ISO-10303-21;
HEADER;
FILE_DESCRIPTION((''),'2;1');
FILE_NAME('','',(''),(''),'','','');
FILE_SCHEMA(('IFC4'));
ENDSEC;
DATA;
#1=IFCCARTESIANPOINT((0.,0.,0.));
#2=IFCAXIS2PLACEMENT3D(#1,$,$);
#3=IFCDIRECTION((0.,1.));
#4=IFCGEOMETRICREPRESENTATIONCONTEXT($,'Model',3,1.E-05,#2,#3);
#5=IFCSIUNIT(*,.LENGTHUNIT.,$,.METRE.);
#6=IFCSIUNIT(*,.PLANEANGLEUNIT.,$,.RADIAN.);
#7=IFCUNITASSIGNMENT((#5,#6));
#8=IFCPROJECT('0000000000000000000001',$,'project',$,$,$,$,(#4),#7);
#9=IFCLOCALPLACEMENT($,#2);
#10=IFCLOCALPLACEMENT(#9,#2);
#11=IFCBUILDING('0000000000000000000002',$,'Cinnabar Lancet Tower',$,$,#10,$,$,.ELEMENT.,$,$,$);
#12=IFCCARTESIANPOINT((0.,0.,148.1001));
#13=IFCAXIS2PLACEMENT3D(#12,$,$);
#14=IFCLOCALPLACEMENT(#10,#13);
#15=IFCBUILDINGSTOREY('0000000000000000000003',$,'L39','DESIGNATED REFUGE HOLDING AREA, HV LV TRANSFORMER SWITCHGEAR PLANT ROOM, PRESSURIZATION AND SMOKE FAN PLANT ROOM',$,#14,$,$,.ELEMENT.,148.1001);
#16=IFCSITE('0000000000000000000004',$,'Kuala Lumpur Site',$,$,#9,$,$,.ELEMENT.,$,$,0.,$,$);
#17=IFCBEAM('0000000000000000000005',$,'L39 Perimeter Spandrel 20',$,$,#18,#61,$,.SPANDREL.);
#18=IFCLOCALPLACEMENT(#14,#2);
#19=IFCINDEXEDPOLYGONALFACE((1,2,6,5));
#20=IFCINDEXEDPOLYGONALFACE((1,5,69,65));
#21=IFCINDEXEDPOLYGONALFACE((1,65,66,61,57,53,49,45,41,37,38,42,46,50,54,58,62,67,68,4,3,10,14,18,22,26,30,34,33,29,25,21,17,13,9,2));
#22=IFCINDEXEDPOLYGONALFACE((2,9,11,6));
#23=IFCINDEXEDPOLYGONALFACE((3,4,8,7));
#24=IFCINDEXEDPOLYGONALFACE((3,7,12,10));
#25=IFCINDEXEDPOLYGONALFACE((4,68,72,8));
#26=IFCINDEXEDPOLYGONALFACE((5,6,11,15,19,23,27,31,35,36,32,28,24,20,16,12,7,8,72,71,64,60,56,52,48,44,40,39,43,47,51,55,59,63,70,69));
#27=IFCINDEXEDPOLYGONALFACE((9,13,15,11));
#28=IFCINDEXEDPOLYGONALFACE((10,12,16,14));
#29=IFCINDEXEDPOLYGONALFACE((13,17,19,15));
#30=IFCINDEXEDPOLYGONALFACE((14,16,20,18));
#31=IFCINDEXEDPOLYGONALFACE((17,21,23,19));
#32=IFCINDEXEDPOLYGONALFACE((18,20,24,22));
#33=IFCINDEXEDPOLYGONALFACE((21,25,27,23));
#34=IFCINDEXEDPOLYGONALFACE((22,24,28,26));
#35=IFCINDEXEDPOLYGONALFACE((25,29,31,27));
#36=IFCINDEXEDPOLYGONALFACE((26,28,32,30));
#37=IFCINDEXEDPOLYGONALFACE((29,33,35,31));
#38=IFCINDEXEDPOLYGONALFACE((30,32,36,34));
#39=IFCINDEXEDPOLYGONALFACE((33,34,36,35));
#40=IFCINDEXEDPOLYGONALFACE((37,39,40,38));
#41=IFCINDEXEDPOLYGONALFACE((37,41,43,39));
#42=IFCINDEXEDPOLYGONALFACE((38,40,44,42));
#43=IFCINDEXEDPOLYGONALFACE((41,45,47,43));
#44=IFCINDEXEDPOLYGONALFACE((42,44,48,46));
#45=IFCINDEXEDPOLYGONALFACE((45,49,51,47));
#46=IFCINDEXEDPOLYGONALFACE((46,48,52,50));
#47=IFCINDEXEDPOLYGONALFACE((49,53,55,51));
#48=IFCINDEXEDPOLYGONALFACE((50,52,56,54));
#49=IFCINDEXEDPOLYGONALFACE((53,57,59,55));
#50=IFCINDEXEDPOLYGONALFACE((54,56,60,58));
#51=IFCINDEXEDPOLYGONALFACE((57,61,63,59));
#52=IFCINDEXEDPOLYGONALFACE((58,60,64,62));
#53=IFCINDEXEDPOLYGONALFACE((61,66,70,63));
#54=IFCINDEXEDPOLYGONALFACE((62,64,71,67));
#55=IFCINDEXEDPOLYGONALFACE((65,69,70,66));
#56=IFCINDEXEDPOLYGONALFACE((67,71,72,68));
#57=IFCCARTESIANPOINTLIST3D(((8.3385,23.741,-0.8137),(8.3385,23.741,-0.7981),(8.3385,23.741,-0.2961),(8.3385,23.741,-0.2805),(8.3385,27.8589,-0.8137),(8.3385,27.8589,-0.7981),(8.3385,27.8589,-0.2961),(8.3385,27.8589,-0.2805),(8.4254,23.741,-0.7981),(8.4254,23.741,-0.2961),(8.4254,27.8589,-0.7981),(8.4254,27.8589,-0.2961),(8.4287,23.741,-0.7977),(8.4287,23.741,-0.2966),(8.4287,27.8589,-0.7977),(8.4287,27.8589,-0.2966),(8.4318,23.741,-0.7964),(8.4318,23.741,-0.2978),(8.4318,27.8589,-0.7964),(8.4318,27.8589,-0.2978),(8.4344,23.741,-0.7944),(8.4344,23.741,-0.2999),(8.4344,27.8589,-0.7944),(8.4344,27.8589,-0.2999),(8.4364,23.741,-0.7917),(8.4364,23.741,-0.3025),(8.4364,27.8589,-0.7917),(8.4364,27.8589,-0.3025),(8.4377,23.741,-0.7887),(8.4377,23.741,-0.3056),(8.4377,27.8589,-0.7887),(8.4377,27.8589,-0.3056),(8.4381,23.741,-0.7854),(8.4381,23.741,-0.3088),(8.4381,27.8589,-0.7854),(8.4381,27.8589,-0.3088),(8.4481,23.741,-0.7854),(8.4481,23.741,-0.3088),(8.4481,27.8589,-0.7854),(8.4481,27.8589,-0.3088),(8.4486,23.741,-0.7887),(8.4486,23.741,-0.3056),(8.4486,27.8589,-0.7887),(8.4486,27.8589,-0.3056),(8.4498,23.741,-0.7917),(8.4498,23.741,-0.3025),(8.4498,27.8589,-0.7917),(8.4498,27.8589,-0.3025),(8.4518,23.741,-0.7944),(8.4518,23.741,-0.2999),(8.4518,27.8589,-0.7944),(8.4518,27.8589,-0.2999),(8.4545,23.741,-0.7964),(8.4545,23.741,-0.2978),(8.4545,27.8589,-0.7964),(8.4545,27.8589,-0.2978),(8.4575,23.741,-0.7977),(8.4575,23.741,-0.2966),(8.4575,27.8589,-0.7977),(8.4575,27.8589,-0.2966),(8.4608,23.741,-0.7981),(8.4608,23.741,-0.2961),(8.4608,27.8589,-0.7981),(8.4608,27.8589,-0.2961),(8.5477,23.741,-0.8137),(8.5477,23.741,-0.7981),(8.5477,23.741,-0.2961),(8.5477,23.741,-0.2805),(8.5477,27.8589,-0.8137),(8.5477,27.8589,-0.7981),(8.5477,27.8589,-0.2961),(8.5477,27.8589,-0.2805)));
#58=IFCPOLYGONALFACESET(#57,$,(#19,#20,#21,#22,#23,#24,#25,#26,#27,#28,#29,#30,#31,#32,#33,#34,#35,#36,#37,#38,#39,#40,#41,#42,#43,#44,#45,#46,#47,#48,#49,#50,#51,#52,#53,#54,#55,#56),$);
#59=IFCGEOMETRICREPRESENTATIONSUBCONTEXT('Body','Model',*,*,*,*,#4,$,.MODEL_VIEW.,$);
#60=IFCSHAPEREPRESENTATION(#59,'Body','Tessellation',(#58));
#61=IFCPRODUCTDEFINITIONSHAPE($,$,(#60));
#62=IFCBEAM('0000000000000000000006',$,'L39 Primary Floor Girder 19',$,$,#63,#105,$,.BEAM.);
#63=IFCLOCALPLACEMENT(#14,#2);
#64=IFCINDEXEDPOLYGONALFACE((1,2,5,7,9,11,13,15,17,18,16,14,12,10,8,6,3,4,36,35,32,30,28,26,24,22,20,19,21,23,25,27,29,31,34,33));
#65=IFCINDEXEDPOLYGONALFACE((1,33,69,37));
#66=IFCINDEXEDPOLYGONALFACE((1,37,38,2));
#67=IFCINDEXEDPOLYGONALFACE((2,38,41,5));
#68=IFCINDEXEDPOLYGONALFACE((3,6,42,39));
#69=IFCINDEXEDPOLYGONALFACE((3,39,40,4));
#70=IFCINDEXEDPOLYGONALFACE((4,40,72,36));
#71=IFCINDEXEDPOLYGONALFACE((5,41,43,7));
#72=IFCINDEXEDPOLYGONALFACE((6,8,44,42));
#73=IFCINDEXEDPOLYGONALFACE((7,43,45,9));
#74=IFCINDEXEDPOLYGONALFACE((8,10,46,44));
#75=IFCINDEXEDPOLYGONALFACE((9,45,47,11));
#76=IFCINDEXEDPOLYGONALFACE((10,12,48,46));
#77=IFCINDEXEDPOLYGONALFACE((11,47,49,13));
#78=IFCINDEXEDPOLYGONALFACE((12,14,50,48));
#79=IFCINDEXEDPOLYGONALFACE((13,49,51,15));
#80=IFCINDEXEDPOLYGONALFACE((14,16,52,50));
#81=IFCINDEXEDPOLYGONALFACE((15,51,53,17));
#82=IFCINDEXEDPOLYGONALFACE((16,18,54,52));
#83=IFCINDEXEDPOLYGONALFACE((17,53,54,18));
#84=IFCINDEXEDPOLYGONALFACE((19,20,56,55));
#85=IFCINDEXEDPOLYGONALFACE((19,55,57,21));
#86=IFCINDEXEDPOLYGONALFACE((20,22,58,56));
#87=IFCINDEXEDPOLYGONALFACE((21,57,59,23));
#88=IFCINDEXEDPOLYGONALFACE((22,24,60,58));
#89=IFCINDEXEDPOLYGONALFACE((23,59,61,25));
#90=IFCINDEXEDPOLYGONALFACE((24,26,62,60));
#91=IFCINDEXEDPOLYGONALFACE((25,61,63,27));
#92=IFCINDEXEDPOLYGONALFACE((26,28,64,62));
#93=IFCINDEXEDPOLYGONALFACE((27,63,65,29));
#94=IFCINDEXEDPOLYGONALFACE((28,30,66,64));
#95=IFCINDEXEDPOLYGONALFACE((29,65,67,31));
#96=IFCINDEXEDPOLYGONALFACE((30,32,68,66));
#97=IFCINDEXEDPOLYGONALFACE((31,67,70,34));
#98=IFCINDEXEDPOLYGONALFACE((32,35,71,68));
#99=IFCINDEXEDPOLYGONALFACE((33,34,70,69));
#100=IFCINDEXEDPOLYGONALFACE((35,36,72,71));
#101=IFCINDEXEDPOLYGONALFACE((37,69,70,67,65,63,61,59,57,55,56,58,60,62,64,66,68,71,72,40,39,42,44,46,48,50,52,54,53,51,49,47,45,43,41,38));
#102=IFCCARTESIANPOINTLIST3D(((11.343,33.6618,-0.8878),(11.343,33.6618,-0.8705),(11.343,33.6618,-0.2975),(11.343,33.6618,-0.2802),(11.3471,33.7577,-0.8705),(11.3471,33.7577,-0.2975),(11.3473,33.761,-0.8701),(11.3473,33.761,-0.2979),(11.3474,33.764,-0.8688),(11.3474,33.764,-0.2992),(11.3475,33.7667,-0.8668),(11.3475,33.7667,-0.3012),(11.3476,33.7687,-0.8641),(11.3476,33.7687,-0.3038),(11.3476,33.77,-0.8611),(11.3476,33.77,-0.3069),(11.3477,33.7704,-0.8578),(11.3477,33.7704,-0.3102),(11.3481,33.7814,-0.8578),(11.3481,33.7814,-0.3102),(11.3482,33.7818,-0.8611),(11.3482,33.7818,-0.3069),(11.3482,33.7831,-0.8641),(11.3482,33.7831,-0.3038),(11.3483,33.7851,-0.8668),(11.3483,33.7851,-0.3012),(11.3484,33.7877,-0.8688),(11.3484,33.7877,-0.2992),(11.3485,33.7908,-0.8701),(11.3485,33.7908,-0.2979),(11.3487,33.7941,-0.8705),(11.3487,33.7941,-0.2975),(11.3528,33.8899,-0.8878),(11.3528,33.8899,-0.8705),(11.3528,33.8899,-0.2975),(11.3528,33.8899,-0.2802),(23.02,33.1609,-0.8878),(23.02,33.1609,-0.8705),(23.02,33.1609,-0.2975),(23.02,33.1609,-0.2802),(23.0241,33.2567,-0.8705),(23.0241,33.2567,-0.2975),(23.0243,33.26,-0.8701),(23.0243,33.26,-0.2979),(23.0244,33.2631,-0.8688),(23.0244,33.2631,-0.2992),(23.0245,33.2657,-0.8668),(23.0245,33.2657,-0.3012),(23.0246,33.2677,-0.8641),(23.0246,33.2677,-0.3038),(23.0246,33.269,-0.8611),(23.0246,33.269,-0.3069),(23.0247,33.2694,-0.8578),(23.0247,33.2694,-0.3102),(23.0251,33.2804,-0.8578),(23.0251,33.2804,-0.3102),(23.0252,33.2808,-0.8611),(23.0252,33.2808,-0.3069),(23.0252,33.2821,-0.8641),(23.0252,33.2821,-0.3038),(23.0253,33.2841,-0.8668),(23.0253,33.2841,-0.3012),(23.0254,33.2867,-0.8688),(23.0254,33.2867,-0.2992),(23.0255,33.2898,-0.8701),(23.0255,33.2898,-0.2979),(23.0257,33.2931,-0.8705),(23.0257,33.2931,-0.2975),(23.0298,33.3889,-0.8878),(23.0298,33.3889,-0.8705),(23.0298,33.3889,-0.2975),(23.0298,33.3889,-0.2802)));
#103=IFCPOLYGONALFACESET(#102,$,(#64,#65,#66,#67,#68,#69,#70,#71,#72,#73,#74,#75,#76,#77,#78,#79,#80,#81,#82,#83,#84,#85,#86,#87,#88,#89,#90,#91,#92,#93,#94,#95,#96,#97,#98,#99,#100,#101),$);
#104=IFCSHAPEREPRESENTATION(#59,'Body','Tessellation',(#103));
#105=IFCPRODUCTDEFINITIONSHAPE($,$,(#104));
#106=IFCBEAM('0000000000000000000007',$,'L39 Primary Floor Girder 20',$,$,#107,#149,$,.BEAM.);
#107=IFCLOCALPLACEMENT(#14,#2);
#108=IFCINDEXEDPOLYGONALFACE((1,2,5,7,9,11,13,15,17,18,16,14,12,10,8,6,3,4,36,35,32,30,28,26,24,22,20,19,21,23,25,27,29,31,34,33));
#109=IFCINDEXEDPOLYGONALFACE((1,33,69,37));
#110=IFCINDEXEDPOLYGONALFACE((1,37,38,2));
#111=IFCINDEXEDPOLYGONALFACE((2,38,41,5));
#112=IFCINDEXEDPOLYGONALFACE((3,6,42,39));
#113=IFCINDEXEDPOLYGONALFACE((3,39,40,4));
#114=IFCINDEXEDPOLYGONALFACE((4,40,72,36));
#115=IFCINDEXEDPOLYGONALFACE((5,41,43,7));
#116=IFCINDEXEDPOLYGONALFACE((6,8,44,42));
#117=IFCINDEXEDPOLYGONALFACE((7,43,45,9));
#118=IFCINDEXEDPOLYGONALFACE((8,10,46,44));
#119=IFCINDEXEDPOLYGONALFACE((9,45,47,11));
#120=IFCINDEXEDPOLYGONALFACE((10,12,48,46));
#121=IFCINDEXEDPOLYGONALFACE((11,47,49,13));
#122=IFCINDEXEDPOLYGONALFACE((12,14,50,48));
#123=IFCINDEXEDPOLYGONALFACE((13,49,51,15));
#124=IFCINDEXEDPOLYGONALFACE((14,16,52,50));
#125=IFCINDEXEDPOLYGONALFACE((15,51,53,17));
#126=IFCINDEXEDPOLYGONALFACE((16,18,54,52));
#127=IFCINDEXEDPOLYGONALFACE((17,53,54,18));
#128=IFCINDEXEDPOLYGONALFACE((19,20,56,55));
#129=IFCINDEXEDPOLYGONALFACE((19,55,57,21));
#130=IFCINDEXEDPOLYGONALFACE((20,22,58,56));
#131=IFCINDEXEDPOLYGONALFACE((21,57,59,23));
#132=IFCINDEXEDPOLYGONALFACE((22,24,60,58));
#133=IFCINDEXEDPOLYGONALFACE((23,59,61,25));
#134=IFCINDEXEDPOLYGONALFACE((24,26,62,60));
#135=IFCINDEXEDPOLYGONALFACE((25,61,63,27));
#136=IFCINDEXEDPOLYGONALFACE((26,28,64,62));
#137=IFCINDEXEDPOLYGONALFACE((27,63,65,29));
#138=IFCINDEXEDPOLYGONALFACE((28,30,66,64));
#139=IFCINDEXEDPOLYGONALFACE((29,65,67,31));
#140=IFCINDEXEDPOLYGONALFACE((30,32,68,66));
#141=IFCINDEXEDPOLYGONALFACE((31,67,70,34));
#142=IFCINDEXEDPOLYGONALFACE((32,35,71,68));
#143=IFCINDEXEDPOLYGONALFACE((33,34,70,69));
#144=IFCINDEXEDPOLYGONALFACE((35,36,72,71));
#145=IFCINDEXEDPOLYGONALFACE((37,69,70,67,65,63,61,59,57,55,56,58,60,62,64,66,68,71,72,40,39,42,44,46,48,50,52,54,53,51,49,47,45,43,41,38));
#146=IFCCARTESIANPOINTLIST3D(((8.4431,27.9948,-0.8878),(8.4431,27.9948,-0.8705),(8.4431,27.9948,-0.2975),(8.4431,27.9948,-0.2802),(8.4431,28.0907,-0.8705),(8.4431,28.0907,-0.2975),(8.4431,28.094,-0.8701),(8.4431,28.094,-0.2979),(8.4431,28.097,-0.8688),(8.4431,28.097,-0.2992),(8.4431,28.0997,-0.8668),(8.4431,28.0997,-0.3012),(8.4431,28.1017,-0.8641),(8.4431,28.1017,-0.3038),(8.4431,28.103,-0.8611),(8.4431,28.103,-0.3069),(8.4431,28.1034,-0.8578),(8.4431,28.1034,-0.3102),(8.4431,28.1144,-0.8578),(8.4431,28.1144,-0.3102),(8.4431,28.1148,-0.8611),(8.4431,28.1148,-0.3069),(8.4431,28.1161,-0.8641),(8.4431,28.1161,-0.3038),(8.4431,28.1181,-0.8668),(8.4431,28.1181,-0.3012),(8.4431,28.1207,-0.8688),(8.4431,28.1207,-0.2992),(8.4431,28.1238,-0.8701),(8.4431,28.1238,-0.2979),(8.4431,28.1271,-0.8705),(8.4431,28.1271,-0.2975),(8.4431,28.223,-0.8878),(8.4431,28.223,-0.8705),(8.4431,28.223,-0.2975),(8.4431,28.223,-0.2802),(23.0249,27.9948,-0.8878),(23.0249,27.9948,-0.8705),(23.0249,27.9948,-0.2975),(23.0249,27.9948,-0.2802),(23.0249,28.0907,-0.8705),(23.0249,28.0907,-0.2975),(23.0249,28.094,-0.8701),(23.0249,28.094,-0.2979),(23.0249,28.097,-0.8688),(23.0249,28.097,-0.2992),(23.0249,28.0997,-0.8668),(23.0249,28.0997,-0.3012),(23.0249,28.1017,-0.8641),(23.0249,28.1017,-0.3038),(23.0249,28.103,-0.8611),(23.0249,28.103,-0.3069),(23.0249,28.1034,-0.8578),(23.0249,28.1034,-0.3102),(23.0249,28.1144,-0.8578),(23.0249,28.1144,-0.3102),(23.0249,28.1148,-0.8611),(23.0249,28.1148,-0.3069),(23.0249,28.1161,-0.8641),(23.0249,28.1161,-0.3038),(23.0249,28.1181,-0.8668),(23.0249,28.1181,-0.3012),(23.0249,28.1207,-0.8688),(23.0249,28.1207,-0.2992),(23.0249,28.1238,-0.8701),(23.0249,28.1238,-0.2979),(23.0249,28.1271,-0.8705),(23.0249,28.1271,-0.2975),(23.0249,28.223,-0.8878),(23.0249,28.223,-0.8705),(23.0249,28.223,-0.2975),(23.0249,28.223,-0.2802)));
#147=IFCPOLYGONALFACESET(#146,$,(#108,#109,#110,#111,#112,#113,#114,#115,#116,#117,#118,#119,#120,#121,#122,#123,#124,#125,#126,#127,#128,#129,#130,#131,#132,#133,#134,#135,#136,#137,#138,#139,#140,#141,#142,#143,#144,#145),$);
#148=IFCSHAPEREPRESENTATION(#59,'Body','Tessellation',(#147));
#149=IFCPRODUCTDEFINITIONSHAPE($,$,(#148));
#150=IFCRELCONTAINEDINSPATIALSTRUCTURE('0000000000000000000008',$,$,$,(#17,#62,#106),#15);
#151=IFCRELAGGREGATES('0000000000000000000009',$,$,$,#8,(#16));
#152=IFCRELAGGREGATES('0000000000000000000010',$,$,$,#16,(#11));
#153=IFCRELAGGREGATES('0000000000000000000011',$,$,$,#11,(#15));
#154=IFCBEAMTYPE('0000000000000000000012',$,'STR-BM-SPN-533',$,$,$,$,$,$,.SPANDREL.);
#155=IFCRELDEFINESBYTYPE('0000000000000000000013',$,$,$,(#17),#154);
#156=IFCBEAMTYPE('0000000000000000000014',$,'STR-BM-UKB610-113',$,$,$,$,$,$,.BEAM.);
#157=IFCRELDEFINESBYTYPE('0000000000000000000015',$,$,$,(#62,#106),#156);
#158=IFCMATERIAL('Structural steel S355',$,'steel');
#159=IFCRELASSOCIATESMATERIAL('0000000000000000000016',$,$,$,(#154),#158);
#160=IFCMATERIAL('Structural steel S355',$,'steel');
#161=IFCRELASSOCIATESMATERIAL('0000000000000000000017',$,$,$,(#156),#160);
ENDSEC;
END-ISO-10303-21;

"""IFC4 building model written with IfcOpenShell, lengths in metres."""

from ifc_helpers import new_model, si_unit, direction, frame, origin, origin_2d, place, context, subcontext, project, spatial, i_section, extrude, material, material_profile, profile_set, type_object, element, save


model = new_model("IFC4")

# Units and contexts
model_context = context("Model", 3, precision=1e-05, world=origin(), true_north=direction((0.0, 1.0)))
body_context = subcontext(model_context, "Body", "Model", "MODEL_VIEW")
ifc_project = project(units=[si_unit("LENGTHUNIT", "METRE"), si_unit("PLANEANGLEUNIT", "RADIAN")], contexts=[model_context])

# Site, building, storey
site_placement = place(None, origin())
site = spatial("IfcSite", under=ifc_project, at=site_placement, Name="Kuala Lumpur Site", CompositionType="ELEMENT", RefElevation=0.0)
building_placement = place(site_placement, origin())
building = spatial("IfcBuilding", under=site, at=building_placement, Name="Cinnabar Lancet Tower", CompositionType="ELEMENT")
storey_placement = place(building_placement, frame((0.0, 0.0, 148.1001)))
storey = spatial("IfcBuildingStorey", under=building, at=storey_placement, Name="L39", Description="DESIGNATED REFUGE HOLDING AREA, HV LV TRANSFORMER SWITCHGEAR PLANT ROOM, PRESSURIZATION AND SMOKE FAN PLANT ROOM", CompositionType="ELEMENT", Elevation=148.1001)

# Beams
ifc_material_1 = material(Name="Structural steel S355", Category="steel")
ifc_material_profile_1 = material_profile(ifc_material_1, i_section(OverallWidth=0.2092, OverallDepth=0.5332, WebThickness=0.01, FlangeThickness=0.0156, FilletRadius=0.0127, at=origin_2d()), Name="UKB 533x210x92")
ifc_profile_set_1 = profile_set([ifc_material_profile_1], Name="Structural steel S355")
beam_type_1 = type_object("IfcBeamType", Name="STR-BM-SPN-533", PredefinedType="SPANDREL", material=ifc_profile_set_1)
beam_1_placement = place(storey_placement, frame((8.4431, 27.8589, -0.5471), z_axis=(0.0, -1.0, 0.0), x_axis=(1.0, 0.0, 0.0)))
element("IfcBeam", 1, at=beam_1_placement, inside=storey, type_object=beam_type_1, Name="L39 Perimeter Spandrel 20", PredefinedType="SPANDREL", context=body_context, shape_type="SweptSolid", body=[
    extrude(i_section(OverallWidth=0.2092, OverallDepth=0.5332, WebThickness=0.01, FlangeThickness=0.0156, FilletRadius=0.0127, at=origin_2d()), origin(), (0.0, 0.0, 1.0), 4.1179),
])
ifc_material_2 = material(Name="Structural steel S355", Category="steel")
ifc_material_profile_2 = material_profile(ifc_material_2, i_section(OverallWidth=0.2283, OverallDepth=0.6077, WebThickness=0.011, FlangeThickness=0.0173, FilletRadius=0.0127, at=origin_2d()), Name="UKB 610x229x113")
ifc_profile_set_2 = profile_set([ifc_material_profile_2], Name="Structural steel S355")
beam_type_2 = type_object("IfcBeamType", Name="STR-BM-UKB610-113", PredefinedType="BEAM", material=ifc_profile_set_2)
beam_2_placement = place(storey_placement, frame((11.3479, 33.7759, -0.584), z_axis=(0.999081, -0.042863, 0.0), x_axis=(0.042863, 0.999081, 0.0)))
element("IfcBeam", 2, at=beam_2_placement, inside=storey, type_object=beam_type_2, Name="L39 Primary Floor Girder 19", PredefinedType="BEAM", context=body_context, shape_type="SweptSolid", body=[
    extrude(i_section(OverallWidth=0.2283, OverallDepth=0.6077, WebThickness=0.011, FlangeThickness=0.0173, FilletRadius=0.0127, at=origin_2d()), origin(), (0.0, 0.0, 1.0), 11.6877),
])
beam_3_placement = place(storey_placement, frame((8.4431, 28.1089, -0.584), z_axis=(1.0, 0.0, 0.0), x_axis=(0.0, 1.0, 0.0)))
element("IfcBeam", 3, at=beam_3_placement, inside=storey, type_object=beam_type_2, Name="L39 Primary Floor Girder 20", PredefinedType="BEAM", context=body_context, shape_type="SweptSolid", body=[
    extrude(i_section(OverallWidth=0.2283, OverallDepth=0.6077, WebThickness=0.011, FlangeThickness=0.0173, FilletRadius=0.0127, at=origin_2d()), origin(), (0.0, 0.0, 1.0), 14.5818),
])

save(model, "model.ifc")
